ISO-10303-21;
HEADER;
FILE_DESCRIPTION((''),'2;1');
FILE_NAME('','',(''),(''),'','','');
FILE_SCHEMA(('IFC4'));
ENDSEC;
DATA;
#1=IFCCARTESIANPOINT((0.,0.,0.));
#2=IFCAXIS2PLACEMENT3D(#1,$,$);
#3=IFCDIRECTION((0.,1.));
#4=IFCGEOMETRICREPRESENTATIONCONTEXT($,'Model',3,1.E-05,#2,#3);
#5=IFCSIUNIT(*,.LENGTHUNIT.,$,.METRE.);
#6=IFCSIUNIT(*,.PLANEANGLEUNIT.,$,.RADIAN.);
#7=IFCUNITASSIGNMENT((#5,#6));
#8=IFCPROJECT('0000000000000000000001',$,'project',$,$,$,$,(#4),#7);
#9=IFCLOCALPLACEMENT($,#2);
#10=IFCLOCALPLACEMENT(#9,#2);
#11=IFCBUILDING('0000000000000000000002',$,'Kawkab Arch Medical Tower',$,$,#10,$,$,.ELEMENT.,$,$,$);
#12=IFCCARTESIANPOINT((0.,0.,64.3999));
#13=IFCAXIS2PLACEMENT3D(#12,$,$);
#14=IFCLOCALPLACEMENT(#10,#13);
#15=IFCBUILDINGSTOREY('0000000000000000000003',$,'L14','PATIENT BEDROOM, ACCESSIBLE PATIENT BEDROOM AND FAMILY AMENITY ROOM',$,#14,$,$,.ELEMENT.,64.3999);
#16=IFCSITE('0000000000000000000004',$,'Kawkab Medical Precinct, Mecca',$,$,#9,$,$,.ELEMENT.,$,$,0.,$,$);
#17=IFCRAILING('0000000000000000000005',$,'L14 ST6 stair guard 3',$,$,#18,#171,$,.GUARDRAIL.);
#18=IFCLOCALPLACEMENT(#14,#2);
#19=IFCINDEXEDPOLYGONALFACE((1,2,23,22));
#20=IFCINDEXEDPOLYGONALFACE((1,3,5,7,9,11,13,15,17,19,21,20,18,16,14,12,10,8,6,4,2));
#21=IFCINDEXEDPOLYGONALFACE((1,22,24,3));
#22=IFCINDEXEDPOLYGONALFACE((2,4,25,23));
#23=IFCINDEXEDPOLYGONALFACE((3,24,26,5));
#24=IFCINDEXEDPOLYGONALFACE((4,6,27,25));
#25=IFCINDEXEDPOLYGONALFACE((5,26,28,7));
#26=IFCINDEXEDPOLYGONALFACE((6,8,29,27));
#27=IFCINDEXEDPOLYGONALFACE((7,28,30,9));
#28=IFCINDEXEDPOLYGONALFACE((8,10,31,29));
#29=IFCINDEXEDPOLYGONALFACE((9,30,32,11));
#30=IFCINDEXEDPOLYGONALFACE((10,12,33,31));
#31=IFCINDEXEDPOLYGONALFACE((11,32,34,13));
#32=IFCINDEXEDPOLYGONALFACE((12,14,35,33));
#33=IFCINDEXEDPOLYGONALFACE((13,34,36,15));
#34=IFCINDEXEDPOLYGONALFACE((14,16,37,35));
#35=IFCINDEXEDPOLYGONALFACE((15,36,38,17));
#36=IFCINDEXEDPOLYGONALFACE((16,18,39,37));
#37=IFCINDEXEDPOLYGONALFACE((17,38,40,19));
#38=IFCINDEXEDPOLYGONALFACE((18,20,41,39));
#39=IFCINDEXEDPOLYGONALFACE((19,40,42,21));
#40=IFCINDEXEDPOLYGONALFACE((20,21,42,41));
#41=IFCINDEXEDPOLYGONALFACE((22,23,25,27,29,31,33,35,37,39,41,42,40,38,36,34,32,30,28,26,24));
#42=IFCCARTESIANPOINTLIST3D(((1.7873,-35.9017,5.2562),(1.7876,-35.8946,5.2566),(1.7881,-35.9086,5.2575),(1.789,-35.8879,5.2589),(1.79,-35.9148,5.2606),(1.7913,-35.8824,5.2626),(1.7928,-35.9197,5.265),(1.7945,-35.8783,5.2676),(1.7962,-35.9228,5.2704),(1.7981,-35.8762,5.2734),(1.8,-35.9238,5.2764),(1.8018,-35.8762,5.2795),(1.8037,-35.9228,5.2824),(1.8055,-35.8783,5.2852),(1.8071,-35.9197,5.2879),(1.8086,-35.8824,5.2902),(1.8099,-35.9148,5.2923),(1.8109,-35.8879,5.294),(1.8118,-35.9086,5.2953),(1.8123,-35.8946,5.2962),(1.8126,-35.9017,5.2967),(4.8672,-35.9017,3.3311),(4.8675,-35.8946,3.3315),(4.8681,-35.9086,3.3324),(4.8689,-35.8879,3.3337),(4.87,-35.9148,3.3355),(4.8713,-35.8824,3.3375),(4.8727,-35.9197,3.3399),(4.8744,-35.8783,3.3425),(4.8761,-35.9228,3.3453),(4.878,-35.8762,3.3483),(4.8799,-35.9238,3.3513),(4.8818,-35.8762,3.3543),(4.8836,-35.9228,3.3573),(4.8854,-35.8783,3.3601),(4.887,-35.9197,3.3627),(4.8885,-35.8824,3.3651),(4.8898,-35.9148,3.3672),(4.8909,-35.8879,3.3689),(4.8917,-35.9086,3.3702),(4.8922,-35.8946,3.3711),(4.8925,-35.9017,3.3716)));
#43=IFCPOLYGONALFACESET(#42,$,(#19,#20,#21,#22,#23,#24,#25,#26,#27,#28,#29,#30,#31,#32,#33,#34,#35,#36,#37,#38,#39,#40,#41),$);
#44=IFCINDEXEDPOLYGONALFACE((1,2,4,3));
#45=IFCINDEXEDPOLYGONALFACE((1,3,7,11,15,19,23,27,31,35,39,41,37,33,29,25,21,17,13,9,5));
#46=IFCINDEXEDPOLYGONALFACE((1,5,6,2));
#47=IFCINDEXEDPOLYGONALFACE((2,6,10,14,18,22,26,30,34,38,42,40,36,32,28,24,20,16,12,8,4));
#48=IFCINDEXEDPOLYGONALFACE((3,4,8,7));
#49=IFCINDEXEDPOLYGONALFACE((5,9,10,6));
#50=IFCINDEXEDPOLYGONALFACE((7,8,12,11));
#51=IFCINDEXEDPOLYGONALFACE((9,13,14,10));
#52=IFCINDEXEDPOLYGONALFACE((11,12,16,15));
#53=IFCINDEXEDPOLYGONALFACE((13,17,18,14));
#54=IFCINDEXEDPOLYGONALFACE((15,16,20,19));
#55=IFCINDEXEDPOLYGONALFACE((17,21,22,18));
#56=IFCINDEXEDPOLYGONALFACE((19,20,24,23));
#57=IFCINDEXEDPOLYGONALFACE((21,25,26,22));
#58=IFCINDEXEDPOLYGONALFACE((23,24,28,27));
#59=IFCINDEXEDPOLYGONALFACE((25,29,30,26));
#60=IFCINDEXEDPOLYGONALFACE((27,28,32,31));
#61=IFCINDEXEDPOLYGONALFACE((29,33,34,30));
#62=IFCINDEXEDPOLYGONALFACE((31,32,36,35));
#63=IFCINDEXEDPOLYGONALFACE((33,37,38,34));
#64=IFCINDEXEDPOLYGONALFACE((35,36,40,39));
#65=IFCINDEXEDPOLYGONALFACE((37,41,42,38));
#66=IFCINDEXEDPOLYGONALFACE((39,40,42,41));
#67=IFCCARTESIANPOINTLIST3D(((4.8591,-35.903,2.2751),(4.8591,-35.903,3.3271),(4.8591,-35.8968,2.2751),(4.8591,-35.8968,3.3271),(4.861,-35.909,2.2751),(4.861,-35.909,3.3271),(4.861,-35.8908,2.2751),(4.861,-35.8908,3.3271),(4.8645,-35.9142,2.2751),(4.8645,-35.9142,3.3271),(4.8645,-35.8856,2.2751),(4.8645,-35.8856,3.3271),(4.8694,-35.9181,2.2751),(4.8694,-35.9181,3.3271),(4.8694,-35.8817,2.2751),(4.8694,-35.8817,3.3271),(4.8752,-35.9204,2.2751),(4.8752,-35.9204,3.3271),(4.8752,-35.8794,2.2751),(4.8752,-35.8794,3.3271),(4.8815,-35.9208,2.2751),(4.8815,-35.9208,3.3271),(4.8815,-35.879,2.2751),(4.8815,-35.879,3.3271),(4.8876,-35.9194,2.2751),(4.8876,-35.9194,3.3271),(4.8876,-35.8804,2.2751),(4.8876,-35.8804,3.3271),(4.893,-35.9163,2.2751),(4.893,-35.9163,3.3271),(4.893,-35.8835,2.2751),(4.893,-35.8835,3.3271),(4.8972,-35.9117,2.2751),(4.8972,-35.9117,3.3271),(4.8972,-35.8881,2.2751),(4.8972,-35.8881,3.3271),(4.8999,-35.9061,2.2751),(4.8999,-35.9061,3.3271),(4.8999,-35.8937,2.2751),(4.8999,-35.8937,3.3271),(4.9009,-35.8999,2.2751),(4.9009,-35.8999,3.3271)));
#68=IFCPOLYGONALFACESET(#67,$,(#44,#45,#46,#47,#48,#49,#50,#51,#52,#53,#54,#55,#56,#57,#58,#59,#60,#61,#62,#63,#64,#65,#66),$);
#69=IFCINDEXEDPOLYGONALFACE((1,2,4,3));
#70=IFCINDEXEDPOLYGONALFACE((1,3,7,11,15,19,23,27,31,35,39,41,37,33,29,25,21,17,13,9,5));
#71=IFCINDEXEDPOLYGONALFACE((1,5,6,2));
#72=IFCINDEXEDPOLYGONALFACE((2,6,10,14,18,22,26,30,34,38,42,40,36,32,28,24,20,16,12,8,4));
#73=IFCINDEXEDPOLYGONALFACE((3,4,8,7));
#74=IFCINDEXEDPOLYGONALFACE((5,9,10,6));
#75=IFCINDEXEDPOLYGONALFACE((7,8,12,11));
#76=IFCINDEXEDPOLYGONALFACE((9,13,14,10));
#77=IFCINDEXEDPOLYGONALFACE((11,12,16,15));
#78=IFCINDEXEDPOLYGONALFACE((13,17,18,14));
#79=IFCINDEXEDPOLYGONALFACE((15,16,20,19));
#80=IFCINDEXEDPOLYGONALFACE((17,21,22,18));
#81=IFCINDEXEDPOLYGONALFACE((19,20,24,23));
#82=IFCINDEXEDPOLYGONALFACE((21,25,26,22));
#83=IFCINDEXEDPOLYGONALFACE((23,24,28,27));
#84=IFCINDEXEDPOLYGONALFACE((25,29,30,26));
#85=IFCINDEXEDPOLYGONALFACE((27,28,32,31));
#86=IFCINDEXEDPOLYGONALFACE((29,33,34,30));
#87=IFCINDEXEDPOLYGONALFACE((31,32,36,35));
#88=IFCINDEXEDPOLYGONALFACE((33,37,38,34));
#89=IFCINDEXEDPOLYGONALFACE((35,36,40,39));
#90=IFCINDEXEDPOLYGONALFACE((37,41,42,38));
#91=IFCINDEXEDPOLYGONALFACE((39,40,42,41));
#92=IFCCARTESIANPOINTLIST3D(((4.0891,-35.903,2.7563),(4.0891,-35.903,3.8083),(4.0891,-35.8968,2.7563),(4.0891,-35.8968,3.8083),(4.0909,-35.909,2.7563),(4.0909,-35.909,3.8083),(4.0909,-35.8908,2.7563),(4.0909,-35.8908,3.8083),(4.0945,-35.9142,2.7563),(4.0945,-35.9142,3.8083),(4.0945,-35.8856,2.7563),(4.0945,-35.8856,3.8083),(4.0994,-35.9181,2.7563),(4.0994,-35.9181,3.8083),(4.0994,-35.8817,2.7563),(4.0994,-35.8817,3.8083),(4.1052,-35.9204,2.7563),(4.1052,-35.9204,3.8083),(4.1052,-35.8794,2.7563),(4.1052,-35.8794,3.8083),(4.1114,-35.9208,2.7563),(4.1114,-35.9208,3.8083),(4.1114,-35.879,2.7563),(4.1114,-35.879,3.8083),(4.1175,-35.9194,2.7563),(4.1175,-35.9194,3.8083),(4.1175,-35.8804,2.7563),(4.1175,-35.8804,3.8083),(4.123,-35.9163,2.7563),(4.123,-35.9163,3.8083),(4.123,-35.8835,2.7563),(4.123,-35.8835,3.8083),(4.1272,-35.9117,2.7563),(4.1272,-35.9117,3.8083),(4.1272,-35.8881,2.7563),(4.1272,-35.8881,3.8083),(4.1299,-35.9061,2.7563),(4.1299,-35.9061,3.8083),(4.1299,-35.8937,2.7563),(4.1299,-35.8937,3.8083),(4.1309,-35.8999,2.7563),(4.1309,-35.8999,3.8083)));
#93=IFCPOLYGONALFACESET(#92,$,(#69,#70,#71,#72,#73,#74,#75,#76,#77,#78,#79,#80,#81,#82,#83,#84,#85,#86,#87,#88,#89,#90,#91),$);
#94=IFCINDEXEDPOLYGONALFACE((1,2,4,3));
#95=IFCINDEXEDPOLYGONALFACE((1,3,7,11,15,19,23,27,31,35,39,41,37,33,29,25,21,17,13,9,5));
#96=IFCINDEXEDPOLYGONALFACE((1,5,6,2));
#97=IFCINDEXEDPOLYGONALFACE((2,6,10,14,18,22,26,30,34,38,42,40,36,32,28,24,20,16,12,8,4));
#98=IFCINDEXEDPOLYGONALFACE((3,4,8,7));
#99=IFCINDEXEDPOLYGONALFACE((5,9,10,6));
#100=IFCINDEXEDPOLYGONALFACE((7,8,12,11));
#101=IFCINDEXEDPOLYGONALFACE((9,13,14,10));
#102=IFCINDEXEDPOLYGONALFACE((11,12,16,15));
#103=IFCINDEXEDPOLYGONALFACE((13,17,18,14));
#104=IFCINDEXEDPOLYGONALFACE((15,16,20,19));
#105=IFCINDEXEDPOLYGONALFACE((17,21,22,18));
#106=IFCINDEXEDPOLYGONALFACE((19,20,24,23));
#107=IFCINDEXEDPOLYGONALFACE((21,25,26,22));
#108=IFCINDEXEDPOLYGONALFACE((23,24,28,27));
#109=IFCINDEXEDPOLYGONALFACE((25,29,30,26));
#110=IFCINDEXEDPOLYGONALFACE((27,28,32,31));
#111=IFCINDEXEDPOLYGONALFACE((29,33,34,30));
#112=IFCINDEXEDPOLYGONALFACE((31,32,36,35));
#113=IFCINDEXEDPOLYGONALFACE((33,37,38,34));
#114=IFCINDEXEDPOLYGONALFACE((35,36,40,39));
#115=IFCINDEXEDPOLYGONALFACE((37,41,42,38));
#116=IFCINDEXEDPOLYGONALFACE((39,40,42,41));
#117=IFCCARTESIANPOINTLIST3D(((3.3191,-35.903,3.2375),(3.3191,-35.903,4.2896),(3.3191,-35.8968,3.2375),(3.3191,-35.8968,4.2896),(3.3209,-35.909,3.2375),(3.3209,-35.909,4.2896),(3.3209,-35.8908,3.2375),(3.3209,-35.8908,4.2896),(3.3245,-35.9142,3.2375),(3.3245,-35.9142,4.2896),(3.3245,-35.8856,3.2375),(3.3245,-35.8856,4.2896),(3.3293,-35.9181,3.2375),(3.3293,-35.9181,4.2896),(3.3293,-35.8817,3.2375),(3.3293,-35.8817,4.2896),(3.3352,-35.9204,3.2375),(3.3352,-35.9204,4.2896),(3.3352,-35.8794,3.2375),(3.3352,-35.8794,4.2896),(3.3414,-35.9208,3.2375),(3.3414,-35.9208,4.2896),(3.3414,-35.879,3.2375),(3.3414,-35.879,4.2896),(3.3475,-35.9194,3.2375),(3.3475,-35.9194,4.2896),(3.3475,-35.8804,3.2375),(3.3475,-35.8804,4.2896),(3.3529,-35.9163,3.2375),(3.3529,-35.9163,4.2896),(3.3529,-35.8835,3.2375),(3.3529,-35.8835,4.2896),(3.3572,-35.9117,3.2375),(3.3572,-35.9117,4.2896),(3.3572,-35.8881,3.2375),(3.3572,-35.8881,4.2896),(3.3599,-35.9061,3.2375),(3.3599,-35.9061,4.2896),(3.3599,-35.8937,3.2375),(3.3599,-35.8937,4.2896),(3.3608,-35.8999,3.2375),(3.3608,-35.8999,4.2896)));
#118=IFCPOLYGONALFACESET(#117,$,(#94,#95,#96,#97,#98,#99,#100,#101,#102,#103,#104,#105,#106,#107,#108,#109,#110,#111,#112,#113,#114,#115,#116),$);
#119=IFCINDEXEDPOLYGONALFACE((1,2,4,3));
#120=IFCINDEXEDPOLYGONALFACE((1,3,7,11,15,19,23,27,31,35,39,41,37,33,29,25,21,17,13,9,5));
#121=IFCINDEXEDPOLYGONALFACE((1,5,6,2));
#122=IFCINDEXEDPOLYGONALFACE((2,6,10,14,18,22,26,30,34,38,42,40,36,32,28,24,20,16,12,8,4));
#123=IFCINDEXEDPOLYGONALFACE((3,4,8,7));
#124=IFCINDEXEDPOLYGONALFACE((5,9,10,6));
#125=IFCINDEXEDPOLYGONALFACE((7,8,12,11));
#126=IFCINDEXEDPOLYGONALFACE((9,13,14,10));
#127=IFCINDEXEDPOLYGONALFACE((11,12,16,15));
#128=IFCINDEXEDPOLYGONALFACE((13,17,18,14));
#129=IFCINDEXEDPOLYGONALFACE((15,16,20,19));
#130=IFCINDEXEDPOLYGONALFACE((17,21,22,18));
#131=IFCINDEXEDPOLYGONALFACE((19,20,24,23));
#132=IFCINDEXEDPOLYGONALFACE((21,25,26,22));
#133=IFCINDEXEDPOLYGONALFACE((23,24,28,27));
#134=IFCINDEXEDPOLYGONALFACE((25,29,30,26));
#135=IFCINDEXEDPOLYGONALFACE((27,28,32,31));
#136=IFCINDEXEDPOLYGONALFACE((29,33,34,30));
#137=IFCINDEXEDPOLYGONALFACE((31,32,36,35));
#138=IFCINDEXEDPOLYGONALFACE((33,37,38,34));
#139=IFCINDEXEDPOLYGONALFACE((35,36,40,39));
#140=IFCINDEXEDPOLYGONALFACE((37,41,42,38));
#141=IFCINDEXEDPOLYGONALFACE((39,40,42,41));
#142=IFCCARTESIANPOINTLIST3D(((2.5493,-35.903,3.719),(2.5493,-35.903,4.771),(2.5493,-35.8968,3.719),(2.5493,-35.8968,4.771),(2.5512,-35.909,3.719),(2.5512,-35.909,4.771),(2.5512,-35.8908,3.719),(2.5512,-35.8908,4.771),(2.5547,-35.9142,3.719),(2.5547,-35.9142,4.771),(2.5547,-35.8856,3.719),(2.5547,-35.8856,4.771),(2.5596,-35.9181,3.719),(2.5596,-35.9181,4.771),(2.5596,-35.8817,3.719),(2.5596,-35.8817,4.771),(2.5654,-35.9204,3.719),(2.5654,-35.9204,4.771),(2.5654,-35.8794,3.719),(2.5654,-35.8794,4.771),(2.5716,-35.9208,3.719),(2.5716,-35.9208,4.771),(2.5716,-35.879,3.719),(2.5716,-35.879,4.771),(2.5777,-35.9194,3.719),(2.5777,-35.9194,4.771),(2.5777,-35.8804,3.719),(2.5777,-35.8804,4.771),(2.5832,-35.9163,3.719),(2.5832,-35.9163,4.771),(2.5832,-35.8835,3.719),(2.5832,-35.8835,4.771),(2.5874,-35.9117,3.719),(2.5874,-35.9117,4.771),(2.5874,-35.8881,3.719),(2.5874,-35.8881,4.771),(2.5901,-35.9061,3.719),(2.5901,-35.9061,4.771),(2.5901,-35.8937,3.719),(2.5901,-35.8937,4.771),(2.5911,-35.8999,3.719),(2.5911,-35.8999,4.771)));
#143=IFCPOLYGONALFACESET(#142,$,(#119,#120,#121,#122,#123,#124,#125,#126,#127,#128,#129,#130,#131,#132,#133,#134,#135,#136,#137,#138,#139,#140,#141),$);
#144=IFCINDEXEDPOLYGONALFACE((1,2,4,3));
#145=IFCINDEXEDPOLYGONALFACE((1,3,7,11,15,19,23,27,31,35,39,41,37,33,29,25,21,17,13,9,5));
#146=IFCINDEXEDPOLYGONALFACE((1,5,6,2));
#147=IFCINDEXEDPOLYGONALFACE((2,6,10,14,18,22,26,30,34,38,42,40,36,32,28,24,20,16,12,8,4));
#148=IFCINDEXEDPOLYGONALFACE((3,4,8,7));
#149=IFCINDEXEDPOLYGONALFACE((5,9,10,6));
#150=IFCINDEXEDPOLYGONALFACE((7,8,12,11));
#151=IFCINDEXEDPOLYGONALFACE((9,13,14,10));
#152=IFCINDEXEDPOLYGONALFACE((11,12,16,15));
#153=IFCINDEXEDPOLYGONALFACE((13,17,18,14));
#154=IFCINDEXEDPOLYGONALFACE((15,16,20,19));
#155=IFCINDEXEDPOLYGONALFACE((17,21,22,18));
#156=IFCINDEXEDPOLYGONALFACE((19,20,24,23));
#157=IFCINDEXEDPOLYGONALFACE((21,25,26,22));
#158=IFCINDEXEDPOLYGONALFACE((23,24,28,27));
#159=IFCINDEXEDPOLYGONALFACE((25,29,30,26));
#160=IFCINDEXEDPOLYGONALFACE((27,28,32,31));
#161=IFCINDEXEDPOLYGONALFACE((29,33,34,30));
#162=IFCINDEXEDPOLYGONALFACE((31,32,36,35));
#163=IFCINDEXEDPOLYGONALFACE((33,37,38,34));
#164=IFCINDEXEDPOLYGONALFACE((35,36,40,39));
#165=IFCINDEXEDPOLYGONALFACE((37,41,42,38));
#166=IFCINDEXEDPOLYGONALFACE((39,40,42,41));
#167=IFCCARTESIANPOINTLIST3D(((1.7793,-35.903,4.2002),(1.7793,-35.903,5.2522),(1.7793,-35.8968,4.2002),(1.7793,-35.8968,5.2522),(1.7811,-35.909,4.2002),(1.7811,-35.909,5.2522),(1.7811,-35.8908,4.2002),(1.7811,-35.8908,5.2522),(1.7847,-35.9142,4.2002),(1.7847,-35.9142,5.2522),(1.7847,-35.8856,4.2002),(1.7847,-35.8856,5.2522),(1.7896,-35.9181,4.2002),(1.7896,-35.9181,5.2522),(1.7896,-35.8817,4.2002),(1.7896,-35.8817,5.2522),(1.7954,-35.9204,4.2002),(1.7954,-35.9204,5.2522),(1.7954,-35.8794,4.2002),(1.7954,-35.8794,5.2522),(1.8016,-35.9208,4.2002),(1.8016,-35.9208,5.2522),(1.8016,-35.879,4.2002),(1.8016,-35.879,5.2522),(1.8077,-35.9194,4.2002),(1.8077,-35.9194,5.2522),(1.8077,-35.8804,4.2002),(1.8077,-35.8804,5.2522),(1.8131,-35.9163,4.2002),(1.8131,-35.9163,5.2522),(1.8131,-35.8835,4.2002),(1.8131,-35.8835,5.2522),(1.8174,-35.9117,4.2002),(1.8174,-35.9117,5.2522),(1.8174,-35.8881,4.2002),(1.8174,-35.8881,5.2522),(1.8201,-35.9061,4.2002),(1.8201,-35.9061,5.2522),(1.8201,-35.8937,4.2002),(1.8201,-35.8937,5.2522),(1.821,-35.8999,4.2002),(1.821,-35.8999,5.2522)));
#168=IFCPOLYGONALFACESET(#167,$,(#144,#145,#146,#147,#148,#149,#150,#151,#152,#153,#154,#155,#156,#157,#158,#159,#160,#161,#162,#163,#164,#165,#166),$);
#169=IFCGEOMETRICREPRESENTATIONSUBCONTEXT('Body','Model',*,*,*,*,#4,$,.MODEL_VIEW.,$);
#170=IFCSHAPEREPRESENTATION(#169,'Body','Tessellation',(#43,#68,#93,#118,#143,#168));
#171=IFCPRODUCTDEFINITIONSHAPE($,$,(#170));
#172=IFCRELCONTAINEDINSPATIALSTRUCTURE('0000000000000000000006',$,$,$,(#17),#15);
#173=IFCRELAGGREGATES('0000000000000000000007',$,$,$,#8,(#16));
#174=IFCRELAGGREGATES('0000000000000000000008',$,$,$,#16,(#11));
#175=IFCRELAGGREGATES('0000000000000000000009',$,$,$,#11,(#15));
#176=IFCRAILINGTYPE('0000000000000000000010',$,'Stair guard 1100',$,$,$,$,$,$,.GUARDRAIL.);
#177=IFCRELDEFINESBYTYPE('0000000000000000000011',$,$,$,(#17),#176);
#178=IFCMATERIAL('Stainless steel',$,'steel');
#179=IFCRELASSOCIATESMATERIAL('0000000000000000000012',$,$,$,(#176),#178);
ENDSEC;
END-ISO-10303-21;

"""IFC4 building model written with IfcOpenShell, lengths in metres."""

from ifc_helpers import new_model, si_unit, direction, frame, origin, origin_2d, place, context, subcontext, project, spatial, circle, extrude, material, type_object, element, save


model = new_model("IFC4")

# Units and contexts
model_context = context("Model", 3, precision=1e-05, world=origin(), true_north=direction((0.0, 1.0)))
body_context = subcontext(model_context, "Body", "Model", "MODEL_VIEW")
ifc_project = project(units=[si_unit("LENGTHUNIT", "METRE"), si_unit("PLANEANGLEUNIT", "RADIAN")], contexts=[model_context])

# Site, building, storey
site_placement = place(None, origin())
site = spatial("IfcSite", under=ifc_project, at=site_placement, Name="Kawkab Medical Precinct, Mecca", CompositionType="ELEMENT", RefElevation=0.0)
building_placement = place(site_placement, origin())
building = spatial("IfcBuilding", under=site, at=building_placement, Name="Kawkab Arch Medical Tower", CompositionType="ELEMENT")
storey_placement = place(building_placement, frame((0.0, 0.0, 64.3999)))
storey = spatial("IfcBuildingStorey", under=building, at=storey_placement, Name="L14", Description="PATIENT BEDROOM, ACCESSIBLE PATIENT BEDROOM AND FAMILY AMENITY ROOM", CompositionType="ELEMENT", Elevation=64.3999)

# Railing
ifc_material_1 = material(Name="Stainless steel", Category="steel")
railing_type = type_object("IfcRailingType", Name="Stair guard 1100", PredefinedType="GUARDRAIL", material=ifc_material_1)
railing_1_placement = place(storey_placement, frame((4.8799, -35.8999, 2.2751)))
element("IfcRailing", 1, at=railing_1_placement, inside=storey, type_object=railing_type, Name="L14 ST6 stair guard 3", PredefinedType="GUARDRAIL", context=body_context, shape_type="SweptSolid", body=[
    extrude(circle(Radius=0.0239, at=origin_2d()), frame((0.0, 0.0, 1.0762), z_axis=(-0.847979, 0.0, 0.530029), x_axis=(0.0, -1.0, 0.0)), (0.0, 0.0, 1.0), 3.6321),
    extrude(circle(Radius=0.021, at=origin_2d()), origin(), (0.0, 0.0, 1.0), 1.052),
    extrude(circle(Radius=0.021, at=origin_2d()), frame((-0.77, 0.0, 0.4812)), (0.0, 0.0, 1.0), 1.052),
    extrude(circle(Radius=0.021, at=origin_2d()), frame((-1.54, 0.0, 0.9624)), (0.0, 0.0, 1.0), 1.052),
    extrude(circle(Radius=0.021, at=origin_2d()), frame((-2.3098, 0.0, 1.4438)), (0.0, 0.0, 1.0), 1.052),
    extrude(circle(Radius=0.021, at=origin_2d()), frame((-3.0798, 0.0, 1.925)), (0.0, 0.0, 1.0), 1.052),
])

save(model, "model.ifc")
